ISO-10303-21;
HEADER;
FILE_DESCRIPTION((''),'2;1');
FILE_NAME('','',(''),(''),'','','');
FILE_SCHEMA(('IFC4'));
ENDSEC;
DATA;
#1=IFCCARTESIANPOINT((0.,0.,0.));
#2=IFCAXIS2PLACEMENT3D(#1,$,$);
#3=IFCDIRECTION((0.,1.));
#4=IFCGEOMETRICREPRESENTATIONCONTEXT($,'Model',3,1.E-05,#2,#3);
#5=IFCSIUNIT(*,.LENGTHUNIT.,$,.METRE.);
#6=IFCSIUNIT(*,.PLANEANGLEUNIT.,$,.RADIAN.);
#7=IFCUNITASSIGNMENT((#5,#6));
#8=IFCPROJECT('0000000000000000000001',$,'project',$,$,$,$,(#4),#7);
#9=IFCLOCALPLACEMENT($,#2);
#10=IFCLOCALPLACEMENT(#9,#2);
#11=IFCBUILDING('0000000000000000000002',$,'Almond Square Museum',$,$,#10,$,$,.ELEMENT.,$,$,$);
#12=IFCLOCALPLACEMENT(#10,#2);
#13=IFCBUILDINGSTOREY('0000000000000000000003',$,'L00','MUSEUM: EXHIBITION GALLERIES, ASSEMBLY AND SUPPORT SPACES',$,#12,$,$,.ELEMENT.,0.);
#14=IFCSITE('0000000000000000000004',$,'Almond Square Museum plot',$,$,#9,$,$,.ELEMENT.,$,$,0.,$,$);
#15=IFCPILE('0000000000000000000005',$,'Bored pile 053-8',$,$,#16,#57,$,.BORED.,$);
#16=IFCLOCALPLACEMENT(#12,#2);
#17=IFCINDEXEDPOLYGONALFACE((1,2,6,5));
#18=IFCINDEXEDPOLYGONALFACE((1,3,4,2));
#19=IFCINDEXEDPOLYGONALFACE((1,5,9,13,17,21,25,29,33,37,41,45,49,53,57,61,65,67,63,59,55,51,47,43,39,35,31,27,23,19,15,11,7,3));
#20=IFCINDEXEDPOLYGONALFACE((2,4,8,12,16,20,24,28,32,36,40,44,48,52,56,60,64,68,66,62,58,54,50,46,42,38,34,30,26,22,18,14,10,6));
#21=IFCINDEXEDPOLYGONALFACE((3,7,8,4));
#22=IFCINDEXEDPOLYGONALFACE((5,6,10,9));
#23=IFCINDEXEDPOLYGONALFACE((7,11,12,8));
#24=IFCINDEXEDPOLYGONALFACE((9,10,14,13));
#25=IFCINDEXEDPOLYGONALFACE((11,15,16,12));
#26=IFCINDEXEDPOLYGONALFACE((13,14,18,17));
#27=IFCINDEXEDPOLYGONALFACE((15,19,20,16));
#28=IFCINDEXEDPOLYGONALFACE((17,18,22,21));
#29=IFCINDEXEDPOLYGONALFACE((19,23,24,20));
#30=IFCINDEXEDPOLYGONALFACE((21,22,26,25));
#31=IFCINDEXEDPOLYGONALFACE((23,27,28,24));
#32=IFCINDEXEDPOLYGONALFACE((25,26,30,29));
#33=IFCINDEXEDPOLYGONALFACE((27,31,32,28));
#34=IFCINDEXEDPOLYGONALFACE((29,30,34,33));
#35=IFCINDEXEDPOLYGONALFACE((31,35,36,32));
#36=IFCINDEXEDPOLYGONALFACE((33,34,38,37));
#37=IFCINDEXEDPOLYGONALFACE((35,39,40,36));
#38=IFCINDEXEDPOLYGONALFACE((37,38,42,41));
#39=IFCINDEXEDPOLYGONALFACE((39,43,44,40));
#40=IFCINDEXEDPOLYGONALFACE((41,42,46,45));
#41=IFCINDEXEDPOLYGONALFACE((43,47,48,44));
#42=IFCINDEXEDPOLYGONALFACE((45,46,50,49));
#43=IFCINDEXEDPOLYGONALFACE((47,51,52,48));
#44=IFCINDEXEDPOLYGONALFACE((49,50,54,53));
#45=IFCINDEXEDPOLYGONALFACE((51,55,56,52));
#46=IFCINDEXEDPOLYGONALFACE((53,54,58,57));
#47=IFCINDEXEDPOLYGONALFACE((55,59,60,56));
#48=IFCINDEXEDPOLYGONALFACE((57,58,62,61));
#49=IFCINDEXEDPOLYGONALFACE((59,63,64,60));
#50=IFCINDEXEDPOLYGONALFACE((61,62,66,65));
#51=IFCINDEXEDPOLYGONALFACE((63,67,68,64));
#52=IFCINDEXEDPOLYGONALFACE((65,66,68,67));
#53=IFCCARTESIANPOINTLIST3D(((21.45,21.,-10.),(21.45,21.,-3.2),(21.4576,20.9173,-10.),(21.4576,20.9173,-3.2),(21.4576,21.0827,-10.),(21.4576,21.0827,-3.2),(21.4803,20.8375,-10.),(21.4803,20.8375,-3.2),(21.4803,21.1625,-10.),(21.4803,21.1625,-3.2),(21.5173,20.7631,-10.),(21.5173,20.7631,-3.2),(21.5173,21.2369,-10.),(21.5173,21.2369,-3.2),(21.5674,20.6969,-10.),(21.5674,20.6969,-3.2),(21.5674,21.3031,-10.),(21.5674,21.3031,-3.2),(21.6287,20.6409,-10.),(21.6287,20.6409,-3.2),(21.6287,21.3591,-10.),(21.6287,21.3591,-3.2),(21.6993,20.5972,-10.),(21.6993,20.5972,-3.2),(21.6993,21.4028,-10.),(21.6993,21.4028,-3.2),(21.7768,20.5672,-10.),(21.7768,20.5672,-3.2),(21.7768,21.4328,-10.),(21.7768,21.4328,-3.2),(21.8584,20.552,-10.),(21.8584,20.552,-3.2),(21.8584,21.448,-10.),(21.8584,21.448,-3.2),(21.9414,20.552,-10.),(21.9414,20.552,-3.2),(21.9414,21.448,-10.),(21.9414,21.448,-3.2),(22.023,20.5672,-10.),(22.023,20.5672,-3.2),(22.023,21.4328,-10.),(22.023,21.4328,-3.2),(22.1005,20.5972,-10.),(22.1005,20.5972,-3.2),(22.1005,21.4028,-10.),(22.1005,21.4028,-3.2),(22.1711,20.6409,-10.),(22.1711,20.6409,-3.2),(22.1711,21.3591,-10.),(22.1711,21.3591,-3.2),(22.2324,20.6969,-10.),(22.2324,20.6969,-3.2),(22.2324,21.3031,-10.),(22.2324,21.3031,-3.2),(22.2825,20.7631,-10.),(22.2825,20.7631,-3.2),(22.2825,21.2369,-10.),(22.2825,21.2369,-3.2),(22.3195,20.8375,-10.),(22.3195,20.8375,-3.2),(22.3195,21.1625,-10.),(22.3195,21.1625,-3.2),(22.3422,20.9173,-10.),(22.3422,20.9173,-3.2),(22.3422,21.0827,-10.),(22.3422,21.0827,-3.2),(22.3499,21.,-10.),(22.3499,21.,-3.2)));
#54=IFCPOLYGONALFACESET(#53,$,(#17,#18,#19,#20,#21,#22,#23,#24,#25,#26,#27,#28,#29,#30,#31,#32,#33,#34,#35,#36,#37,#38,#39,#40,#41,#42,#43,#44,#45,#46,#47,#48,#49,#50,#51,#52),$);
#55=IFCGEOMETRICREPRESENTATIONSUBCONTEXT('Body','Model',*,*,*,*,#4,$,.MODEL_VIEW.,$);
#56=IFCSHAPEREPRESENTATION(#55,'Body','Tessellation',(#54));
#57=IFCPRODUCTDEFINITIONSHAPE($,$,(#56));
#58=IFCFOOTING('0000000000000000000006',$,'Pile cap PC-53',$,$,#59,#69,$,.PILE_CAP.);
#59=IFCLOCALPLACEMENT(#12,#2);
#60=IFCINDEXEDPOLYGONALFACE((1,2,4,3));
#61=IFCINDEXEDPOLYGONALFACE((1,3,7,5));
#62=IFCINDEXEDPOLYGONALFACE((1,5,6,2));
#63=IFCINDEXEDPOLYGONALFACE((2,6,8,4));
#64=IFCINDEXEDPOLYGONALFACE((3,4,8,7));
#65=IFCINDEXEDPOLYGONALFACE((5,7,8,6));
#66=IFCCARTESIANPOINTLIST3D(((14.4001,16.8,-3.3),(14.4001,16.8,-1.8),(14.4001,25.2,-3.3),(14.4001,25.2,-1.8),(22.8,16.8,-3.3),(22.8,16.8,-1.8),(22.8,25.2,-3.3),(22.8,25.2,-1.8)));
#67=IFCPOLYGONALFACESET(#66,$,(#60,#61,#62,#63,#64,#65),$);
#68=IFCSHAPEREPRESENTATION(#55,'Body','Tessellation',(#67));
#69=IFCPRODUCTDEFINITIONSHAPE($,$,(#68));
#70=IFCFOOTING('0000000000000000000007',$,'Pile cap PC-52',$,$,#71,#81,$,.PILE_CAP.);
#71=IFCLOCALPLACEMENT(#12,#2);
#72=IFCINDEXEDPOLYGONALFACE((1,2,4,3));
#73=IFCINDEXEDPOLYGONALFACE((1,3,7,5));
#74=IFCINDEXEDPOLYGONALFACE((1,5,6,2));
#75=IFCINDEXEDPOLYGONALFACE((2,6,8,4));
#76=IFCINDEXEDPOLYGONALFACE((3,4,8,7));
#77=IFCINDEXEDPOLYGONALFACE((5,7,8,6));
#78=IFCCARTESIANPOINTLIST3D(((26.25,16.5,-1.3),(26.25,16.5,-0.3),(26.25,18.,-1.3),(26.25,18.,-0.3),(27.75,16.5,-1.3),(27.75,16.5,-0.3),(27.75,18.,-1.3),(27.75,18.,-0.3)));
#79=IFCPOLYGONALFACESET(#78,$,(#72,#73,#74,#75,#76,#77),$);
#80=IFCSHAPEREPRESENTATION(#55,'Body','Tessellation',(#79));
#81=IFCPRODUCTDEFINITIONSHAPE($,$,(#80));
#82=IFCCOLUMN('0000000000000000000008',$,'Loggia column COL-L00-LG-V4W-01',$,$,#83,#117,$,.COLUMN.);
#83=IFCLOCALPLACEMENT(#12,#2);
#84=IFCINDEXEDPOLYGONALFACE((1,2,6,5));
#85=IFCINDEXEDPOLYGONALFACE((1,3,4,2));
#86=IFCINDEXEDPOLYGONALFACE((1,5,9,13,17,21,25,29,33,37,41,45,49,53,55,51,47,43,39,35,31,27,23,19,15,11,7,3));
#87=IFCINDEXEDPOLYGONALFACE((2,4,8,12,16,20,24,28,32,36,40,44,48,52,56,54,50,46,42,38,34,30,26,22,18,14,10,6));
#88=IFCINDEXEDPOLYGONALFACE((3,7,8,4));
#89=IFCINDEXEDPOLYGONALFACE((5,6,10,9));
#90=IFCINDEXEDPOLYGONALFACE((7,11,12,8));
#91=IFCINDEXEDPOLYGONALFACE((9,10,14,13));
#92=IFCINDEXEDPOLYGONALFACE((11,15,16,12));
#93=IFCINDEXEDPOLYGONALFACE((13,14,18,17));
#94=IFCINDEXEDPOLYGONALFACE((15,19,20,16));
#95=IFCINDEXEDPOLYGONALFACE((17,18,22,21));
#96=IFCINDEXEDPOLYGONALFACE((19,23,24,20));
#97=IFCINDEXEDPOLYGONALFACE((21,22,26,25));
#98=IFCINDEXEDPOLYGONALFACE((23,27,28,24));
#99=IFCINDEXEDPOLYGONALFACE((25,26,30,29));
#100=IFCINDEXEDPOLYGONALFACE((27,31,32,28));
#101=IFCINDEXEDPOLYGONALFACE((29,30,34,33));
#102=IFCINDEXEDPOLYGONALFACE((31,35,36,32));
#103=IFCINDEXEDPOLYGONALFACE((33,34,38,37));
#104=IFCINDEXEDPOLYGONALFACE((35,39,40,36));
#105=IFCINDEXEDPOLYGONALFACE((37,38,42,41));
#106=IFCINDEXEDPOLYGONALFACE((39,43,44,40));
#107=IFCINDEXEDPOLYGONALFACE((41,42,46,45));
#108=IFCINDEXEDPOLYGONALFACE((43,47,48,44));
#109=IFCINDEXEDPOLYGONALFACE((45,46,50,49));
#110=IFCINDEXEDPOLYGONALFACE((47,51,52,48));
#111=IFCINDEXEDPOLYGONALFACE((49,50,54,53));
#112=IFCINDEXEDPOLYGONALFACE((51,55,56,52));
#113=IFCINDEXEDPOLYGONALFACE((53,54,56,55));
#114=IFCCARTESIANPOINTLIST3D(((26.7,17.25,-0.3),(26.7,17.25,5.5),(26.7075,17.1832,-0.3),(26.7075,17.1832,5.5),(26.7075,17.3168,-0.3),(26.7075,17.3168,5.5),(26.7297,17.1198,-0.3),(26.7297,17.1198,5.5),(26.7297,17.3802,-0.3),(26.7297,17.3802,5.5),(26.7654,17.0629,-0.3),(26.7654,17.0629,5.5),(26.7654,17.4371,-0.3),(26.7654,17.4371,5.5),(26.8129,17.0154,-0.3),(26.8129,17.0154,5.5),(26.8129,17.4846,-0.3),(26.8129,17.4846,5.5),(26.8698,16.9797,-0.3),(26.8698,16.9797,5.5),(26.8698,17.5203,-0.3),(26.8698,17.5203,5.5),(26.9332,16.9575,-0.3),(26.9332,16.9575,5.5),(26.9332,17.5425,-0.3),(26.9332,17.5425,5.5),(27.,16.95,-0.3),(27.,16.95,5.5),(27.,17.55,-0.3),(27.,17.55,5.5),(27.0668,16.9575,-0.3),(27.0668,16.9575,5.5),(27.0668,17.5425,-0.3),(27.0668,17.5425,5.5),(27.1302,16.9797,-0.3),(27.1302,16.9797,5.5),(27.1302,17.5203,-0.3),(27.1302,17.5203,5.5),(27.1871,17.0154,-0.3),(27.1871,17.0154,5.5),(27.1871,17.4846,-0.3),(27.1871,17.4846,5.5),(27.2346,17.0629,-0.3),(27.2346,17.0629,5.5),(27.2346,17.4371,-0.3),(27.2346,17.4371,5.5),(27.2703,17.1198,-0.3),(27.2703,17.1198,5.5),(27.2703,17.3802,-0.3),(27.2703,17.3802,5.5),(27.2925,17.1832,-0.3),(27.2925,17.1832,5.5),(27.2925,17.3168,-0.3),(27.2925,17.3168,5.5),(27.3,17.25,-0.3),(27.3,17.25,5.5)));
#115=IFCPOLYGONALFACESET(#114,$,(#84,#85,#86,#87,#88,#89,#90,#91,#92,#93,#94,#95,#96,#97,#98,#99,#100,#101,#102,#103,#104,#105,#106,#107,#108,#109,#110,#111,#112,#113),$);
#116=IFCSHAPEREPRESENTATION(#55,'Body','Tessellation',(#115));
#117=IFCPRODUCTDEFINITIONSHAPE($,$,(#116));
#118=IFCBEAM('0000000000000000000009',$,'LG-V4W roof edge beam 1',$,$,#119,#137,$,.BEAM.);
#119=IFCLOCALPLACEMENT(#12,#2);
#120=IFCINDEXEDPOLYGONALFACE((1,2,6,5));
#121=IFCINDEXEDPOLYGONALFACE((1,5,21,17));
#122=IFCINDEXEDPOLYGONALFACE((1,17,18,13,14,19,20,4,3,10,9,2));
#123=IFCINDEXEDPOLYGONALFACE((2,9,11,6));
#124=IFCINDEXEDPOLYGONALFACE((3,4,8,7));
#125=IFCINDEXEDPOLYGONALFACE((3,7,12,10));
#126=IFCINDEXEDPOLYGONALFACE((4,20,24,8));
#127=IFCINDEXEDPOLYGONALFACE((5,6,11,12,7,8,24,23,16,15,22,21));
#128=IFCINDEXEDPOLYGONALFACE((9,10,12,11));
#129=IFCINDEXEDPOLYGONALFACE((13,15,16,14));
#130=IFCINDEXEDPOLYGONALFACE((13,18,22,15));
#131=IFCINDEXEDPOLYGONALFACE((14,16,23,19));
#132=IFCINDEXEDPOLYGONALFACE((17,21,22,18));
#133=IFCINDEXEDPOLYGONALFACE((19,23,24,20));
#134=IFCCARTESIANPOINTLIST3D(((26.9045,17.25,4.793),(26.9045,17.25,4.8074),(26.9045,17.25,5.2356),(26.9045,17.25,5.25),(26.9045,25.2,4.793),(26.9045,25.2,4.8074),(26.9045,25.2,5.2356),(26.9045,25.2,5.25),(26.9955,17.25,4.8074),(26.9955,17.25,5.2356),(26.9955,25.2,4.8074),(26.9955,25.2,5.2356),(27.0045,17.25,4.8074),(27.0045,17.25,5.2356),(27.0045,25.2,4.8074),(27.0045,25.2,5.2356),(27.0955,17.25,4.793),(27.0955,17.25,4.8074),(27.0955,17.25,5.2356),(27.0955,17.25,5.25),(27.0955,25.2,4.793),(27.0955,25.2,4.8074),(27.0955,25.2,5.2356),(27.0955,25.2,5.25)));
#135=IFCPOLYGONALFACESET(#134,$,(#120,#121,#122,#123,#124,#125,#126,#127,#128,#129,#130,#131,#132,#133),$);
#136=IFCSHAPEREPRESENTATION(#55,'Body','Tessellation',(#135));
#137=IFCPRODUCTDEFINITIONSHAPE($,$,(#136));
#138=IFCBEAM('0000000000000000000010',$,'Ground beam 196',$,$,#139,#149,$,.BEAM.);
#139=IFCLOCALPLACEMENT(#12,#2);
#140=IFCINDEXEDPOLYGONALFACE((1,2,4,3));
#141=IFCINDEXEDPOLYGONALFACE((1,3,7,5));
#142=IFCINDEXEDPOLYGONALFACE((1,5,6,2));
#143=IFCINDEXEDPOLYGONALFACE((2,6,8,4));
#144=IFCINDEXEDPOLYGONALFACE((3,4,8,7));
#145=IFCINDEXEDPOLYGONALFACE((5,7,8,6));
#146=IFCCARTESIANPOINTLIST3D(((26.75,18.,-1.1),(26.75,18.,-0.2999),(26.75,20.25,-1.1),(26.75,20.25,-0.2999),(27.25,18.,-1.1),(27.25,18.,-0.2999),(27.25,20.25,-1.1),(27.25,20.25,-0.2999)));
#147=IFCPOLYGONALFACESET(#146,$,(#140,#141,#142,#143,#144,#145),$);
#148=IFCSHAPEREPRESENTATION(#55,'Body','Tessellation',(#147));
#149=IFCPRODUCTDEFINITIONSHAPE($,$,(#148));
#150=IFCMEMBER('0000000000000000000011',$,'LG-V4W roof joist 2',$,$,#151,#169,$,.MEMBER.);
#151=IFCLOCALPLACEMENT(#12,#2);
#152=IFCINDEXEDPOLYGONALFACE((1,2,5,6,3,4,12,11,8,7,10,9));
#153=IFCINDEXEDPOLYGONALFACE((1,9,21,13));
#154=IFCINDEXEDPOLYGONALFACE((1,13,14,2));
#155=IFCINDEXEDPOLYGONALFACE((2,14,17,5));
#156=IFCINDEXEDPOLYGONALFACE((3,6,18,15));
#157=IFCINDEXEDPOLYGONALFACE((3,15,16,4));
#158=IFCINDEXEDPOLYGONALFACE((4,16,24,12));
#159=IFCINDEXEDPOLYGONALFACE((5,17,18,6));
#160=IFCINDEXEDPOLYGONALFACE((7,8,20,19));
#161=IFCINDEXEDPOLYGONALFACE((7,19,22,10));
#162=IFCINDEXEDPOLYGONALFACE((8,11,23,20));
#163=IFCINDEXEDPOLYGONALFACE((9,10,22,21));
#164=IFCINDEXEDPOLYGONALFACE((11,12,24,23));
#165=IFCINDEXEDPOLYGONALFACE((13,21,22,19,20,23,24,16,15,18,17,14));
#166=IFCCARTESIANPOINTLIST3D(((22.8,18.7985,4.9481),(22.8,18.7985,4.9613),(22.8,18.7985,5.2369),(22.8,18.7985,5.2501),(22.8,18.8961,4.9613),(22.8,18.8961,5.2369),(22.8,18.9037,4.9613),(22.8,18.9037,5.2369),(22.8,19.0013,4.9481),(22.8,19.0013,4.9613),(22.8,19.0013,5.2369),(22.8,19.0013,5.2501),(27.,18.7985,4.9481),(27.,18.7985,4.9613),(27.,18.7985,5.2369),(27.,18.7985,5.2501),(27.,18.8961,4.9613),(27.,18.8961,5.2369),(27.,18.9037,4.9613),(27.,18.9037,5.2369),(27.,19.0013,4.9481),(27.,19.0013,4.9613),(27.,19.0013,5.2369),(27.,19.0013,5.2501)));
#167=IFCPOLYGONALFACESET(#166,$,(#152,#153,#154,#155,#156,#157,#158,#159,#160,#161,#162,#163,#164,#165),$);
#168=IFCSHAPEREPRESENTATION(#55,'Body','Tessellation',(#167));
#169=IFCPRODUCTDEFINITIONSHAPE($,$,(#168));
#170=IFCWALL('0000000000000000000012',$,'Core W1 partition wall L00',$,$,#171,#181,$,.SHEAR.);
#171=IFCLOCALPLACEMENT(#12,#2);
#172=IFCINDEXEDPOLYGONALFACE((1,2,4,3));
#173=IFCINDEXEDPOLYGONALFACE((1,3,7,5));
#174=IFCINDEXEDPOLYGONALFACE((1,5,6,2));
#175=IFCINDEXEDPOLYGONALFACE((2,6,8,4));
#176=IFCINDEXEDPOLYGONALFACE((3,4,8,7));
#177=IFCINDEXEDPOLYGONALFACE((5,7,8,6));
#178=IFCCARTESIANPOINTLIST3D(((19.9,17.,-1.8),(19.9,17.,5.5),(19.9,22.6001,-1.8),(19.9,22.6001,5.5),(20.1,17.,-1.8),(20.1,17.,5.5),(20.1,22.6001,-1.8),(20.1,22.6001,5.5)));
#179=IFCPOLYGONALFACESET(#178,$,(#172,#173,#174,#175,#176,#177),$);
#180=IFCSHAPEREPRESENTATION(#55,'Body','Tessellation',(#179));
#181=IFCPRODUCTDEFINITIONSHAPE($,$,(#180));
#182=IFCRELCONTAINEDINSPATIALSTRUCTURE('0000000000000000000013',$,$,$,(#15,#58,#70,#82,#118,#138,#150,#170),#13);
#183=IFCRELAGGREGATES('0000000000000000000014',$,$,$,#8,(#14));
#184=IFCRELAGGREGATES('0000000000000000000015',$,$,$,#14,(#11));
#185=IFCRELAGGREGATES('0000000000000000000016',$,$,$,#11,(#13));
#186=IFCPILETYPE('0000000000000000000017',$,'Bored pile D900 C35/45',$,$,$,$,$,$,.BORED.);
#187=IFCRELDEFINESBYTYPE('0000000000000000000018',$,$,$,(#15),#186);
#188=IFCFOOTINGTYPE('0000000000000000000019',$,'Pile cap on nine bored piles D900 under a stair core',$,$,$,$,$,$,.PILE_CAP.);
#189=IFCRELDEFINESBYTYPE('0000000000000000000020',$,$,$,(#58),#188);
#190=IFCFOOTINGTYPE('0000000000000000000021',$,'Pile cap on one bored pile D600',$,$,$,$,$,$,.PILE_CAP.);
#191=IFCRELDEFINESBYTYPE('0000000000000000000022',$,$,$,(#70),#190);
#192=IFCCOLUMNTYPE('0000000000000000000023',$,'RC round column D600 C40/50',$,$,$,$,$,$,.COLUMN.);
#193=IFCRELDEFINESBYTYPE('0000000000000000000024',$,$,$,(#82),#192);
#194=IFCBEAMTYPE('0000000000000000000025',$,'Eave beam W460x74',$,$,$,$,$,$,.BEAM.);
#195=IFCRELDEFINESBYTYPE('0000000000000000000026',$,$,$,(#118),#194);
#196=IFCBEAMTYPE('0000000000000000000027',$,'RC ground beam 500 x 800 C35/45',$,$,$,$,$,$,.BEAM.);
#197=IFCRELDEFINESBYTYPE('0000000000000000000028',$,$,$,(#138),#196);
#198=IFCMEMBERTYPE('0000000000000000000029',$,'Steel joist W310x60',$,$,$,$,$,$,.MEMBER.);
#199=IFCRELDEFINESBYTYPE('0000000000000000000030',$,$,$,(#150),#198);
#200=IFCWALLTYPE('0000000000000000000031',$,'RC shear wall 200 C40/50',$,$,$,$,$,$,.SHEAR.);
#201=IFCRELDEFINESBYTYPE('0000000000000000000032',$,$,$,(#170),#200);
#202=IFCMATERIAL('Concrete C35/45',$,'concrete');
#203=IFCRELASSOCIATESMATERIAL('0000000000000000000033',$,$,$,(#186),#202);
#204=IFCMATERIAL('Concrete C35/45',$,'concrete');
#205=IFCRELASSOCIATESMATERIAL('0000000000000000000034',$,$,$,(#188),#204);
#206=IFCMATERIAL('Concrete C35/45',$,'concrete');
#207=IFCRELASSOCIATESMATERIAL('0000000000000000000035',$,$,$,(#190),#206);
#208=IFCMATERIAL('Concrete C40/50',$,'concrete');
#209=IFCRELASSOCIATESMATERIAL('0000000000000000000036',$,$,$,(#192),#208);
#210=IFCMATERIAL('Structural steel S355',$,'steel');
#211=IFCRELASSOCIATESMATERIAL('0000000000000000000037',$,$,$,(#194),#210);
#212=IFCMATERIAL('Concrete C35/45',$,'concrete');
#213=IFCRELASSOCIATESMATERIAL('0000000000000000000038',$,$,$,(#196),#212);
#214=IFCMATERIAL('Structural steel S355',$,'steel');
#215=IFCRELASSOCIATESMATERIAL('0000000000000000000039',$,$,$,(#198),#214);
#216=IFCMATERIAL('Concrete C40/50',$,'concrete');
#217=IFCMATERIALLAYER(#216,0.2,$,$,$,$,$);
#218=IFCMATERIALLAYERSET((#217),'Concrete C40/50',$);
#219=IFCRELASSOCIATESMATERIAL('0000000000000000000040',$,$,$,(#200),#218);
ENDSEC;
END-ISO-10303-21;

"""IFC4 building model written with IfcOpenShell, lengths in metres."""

from ifc_helpers import new_model, si_unit, direction, frame, frame_2d, origin, origin_2d, place, context, subcontext, project, spatial, rectangle, circle, i_section, extrude, material, layer, layer_set, material_profile, profile_set, type_object, element, save


model = new_model("IFC4")

# Units and contexts
model_context = context("Model", 3, precision=1e-05, world=origin(), true_north=direction((0.0, 1.0)))
body_context = subcontext(model_context, "Body", "Model", "MODEL_VIEW")
ifc_project = project(units=[si_unit("LENGTHUNIT", "METRE"), si_unit("PLANEANGLEUNIT", "RADIAN")], contexts=[model_context])

# Site, building, storey
site_placement = place(None, origin())
site = spatial("IfcSite", under=ifc_project, at=site_placement, Name="Almond Square Museum plot", CompositionType="ELEMENT", RefElevation=0.0)
building_placement = place(site_placement, origin())
building = spatial("IfcBuilding", under=site, at=building_placement, Name="Almond Square Museum", CompositionType="ELEMENT")
storey_placement = place(building_placement, origin())
storey = spatial("IfcBuildingStorey", under=building, at=storey_placement, Name="L00", Description="MUSEUM: EXHIBITION GALLERIES, ASSEMBLY AND SUPPORT SPACES", CompositionType="ELEMENT", Elevation=0.0)

# Pile
ifc_material_1 = material(Name="Concrete C35/45", Category="concrete")
ifc_material_profile_1 = material_profile(ifc_material_1, circle(Radius=0.45, at=origin_2d()))
ifc_profile_set_1 = profile_set([ifc_material_profile_1], Name="Concrete C35/45")
pile_type_1 = type_object("IfcPileType", Name="Bored pile D900 C35/45", PredefinedType="BORED", material=ifc_profile_set_1)
for number, where, z_axis, x_axis, name in (
    (1, (21.8999, 21.0, -3.2), (0.0, 0.0, -1.0), (1.0, 0.0, 0.0), "Bored pile 053-8"),
):
    element("IfcPile", number, at=place(storey_placement, frame(where, z_axis=z_axis, x_axis=x_axis)), inside=storey, type_object=pile_type_1, Name=name, PredefinedType="BORED", context=body_context, shape_type="SweptSolid", body=[
        extrude(circle(Radius=0.45, at=origin_2d()), origin(), (0.0, 0.0, 1.0), 6.8),
    ])

# Footings
ifc_material_2 = material(Name="Concrete C35/45", Category="concrete")
footing_type_1 = type_object("IfcFootingType", Name="Pile cap on nine bored piles D900 under a stair core", PredefinedType="PILE_CAP", material=ifc_material_2)
footing_1_placement = place(storey_placement, frame((18.6001, 21.0, -3.3), z_axis=(0.0, 0.0, 1.0), x_axis=(1.0, 0.0, 0.0)))
element("IfcFooting", 2, at=footing_1_placement, inside=storey, type_object=footing_type_1, Name="Pile cap PC-53", PredefinedType="PILE_CAP", context=body_context, shape_type="SweptSolid", body=[
    extrude(rectangle(XDim=8.3999, YDim=8.3999, at=origin_2d()), origin(), (0.0, 0.0, 1.0), 1.5),
])
ifc_material_3 = material(Name="Concrete C35/45", Category="concrete")
footing_type_2 = type_object("IfcFootingType", Name="Pile cap on one bored pile D600", PredefinedType="PILE_CAP", material=ifc_material_3)
footing_2_placement = place(storey_placement, frame((27.0, 17.25, -1.3), z_axis=(0.0, 0.0, 1.0), x_axis=(1.0, 0.0, 0.0)))
element("IfcFooting", 3, at=footing_2_placement, inside=storey, type_object=footing_type_2, Name="Pile cap PC-52", PredefinedType="PILE_CAP", context=body_context, shape_type="SweptSolid", body=[
    extrude(rectangle(XDim=1.5, YDim=1.5, at=origin_2d()), origin(), (0.0, 0.0, 1.0), 1.0),
])

# Column
ifc_material_4 = material(Name="Concrete C40/50", Category="concrete")
ifc_material_profile_2 = material_profile(ifc_material_4, circle(Radius=0.3, at=origin_2d()))
ifc_profile_set_2 = profile_set([ifc_material_profile_2], Name="Concrete C40/50")
column_type = type_object("IfcColumnType", Name="RC round column D600 C40/50", PredefinedType="COLUMN", material=ifc_profile_set_2)
column_placement = place(storey_placement, frame((27.0, 17.25, -0.3), z_axis=(0.0, 0.0, 1.0), x_axis=(1.0, 0.0, 0.0)))
element("IfcColumn", 4, at=column_placement, inside=storey, type_object=column_type, Name="Loggia column COL-L00-LG-V4W-01", PredefinedType="COLUMN", context=body_context, shape_type="SweptSolid", body=[
    extrude(circle(Radius=0.3, at=origin_2d()), origin(), (0.0, 0.0, 1.0), 5.8),
])

# Beams
ifc_material_5 = material(Name="Structural steel S355", Category="steel")
ifc_material_profile_3 = material_profile(ifc_material_5, i_section(OverallWidth=0.1909, OverallDepth=0.457, WebThickness=0.009, FlangeThickness=0.0144, at=origin_2d()))
ifc_profile_set_3 = profile_set([ifc_material_profile_3], Name="Structural steel S355")
beam_type_1 = type_object("IfcBeamType", Name="Eave beam W460x74", PredefinedType="BEAM", material=ifc_profile_set_3)
beam_1_placement = place(storey_placement, frame((27.0, 17.25, 5.0215), z_axis=(0.0, 1.0, 0.0), x_axis=(-1.0, 0.0, 0.0)))
element("IfcBeam", 5, at=beam_1_placement, inside=storey, type_object=beam_type_1, Name="LG-V4W roof edge beam 1", PredefinedType="BEAM", context=body_context, shape_type="SweptSolid", body=[
    extrude(i_section(OverallWidth=0.1909, OverallDepth=0.457, WebThickness=0.009, FlangeThickness=0.0144, at=origin_2d()), origin(), (0.0, 0.0, 1.0), 7.95),
])
ifc_material_6 = material(Name="Concrete C35/45", Category="concrete")
ifc_material_profile_4 = material_profile(ifc_material_6, rectangle(XDim=0.5, YDim=0.8, at=origin_2d()))
ifc_profile_set_4 = profile_set([ifc_material_profile_4], Name="Concrete C35/45")
beam_type_2 = type_object("IfcBeamType", Name="RC ground beam 500 x 800 C35/45", PredefinedType="BEAM", material=ifc_profile_set_4)
beam_2_placement = place(storey_placement, frame((27.0, 18.0, -0.7), z_axis=(0.0, 1.0, 0.0), x_axis=(-1.0, 0.0, 0.0)))
element("IfcBeam", 6, at=beam_2_placement, inside=storey, type_object=beam_type_2, Name="Ground beam 196", PredefinedType="BEAM", context=body_context, shape_type="SweptSolid", body=[
    extrude(rectangle(XDim=0.5, YDim=0.8, at=origin_2d()), origin(), (0.0, 0.0, 1.0), 2.25),
])

# Member
ifc_material_7 = material(Name="Structural steel S355", Category="steel")
ifc_material_profile_5 = material_profile(ifc_material_7, i_section(OverallWidth=0.2029, OverallDepth=0.302, WebThickness=0.0076, FlangeThickness=0.0132, at=origin_2d()))
ifc_profile_set_5 = profile_set([ifc_material_profile_5], Name="Structural steel S355")
member_type = type_object("IfcMemberType", Name="Steel joist W310x60", PredefinedType="MEMBER", material=ifc_profile_set_5)
member_placement = place(storey_placement, frame((22.8, 18.8999, 5.0991), z_axis=(1.0, 0.0, 0.0), x_axis=(0.0, 1.0, 0.0)))
element("IfcMember", 7, at=member_placement, inside=storey, type_object=member_type, Name="LG-V4W roof joist 2", PredefinedType="MEMBER", context=body_context, shape_type="SweptSolid", body=[
    extrude(i_section(OverallWidth=0.2029, OverallDepth=0.302, WebThickness=0.0076, FlangeThickness=0.0132, at=origin_2d()), origin(), (0.0, 0.0, 1.0), 4.2),
])

# Wall
ifc_material_8 = material(Name="Concrete C40/50", Category="concrete")
ifc_layer = layer(ifc_material_8, 0.2)
ifc_layer_set = layer_set([ifc_layer], Name="Concrete C40/50")
wall_type = type_object("IfcWallType", Name="RC shear wall 200 C40/50", PredefinedType="SHEAR", material=ifc_layer_set)
wall_1_placement = place(storey_placement, frame((20.0, 17.0, -1.8), z_axis=(0.0, 0.0, 1.0), x_axis=(0.0, 1.0, 0.0)))
element("IfcWall", 8, at=wall_1_placement, inside=storey, type_object=wall_type, Name="Core W1 partition wall L00", PredefinedType="SHEAR", context=body_context, shape_type="SweptSolid", body=[
    extrude(rectangle(XDim=5.6001, YDim=0.2, at=frame_2d((2.8, 0.0))), origin(), (0.0, 0.0, 1.0), 7.3),
])

save(model, "model.ifc")
